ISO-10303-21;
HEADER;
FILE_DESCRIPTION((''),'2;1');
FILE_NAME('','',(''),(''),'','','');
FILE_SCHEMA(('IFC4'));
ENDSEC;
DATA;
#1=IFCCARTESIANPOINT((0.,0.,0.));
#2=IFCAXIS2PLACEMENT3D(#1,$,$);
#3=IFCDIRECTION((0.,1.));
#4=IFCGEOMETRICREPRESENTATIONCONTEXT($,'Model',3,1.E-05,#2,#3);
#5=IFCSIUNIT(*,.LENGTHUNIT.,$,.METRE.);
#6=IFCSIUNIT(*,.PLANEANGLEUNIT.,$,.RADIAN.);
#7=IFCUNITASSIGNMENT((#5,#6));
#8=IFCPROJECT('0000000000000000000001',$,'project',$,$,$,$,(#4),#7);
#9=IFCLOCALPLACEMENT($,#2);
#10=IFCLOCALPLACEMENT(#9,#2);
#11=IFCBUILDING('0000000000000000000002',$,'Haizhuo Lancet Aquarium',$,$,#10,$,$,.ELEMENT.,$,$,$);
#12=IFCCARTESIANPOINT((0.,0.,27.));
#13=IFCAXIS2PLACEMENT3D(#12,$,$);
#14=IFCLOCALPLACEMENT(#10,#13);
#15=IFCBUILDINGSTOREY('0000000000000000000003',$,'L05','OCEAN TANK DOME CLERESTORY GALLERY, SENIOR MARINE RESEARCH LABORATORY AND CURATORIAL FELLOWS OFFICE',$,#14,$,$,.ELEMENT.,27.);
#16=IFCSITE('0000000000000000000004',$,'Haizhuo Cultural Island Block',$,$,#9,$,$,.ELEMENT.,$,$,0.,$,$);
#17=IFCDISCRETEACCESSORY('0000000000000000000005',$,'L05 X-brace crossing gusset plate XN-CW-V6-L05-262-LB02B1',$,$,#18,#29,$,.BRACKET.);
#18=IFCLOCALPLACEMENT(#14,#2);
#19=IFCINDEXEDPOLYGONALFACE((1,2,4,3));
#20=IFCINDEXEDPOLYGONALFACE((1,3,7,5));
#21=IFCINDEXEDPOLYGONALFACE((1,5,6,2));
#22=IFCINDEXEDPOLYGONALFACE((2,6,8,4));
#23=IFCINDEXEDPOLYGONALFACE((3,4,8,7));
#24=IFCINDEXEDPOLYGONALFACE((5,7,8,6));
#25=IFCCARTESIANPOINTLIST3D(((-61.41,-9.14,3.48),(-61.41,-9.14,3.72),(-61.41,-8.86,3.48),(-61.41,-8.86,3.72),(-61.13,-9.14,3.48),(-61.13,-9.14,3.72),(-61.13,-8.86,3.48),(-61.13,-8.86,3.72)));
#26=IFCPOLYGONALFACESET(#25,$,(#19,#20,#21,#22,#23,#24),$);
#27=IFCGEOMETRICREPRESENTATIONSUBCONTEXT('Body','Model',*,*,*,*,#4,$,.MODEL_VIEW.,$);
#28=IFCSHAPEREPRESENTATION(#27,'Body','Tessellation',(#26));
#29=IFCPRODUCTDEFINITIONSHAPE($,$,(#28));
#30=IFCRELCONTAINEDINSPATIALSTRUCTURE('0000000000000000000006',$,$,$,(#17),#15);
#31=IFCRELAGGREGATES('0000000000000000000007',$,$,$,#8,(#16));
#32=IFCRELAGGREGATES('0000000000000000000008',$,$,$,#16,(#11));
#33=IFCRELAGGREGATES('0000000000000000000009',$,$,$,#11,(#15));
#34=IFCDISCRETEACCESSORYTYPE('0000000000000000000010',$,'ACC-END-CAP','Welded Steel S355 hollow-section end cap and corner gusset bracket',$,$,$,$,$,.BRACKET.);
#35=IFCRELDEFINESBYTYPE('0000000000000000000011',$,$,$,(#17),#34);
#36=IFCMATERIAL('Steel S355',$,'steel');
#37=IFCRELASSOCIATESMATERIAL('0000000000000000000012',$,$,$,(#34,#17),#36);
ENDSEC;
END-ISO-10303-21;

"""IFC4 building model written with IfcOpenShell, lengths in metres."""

from ifc_helpers import new_model, si_unit, direction, frame, origin, origin_2d, place, context, subcontext, project, spatial, rectangle, extrude, material, type_object, element, save


model = new_model("IFC4")

# Units and contexts
model_context = context("Model", 3, precision=1e-05, world=origin(), true_north=direction((0.0, 1.0)))
body_context = subcontext(model_context, "Body", "Model", "MODEL_VIEW")
ifc_project = project(units=[si_unit("LENGTHUNIT", "METRE"), si_unit("PLANEANGLEUNIT", "RADIAN")], contexts=[model_context])

# Site, building, storey
site_placement = place(None, origin())
site = spatial("IfcSite", under=ifc_project, at=site_placement, Name="Haizhuo Cultural Island Block", CompositionType="ELEMENT", RefElevation=0.0)
building_placement = place(site_placement, origin())
building = spatial("IfcBuilding", under=site, at=building_placement, Name="Haizhuo Lancet Aquarium", CompositionType="ELEMENT")
storey_placement = place(building_placement, frame((0.0, 0.0, 27.0)))
storey = spatial("IfcBuildingStorey", under=building, at=storey_placement, Name="L05", Description="OCEAN TANK DOME CLERESTORY GALLERY, SENIOR MARINE RESEARCH LABORATORY AND CURATORIAL FELLOWS OFFICE", CompositionType="ELEMENT", Elevation=27.0)

# Shared definitions
ifc_material_1 = material(Name="Steel S355", Category="steel")

# Discrete accessory
discrete_accessory_type = type_object("IfcDiscreteAccessoryType", Name="ACC-END-CAP", Description="Welded Steel S355 hollow-section end cap and corner gusset bracket", PredefinedType="BRACKET", material=ifc_material_1)
for number, where, z_axis, x_axis, name in (
    (1, (-61.27, -9.0, 3.48), (0.0, 0.0, 1.0), (1.0, 0.0, 0.0), "L05 X-brace crossing gusset plate XN-CW-V6-L05-262-LB02B1"),
):
    element("IfcDiscreteAccessory", number, at=place(storey_placement, frame(where, z_axis=z_axis, x_axis=x_axis)), inside=storey, type_object=discrete_accessory_type, material=ifc_material_1, Name=name, PredefinedType="BRACKET", context=body_context, shape_type="SweptSolid", body=[
        extrude(rectangle(XDim=0.28, YDim=0.28, at=origin_2d()), origin(), (0.0, 0.0, 1.0), 0.24),
    ])

save(model, "model.ifc")
